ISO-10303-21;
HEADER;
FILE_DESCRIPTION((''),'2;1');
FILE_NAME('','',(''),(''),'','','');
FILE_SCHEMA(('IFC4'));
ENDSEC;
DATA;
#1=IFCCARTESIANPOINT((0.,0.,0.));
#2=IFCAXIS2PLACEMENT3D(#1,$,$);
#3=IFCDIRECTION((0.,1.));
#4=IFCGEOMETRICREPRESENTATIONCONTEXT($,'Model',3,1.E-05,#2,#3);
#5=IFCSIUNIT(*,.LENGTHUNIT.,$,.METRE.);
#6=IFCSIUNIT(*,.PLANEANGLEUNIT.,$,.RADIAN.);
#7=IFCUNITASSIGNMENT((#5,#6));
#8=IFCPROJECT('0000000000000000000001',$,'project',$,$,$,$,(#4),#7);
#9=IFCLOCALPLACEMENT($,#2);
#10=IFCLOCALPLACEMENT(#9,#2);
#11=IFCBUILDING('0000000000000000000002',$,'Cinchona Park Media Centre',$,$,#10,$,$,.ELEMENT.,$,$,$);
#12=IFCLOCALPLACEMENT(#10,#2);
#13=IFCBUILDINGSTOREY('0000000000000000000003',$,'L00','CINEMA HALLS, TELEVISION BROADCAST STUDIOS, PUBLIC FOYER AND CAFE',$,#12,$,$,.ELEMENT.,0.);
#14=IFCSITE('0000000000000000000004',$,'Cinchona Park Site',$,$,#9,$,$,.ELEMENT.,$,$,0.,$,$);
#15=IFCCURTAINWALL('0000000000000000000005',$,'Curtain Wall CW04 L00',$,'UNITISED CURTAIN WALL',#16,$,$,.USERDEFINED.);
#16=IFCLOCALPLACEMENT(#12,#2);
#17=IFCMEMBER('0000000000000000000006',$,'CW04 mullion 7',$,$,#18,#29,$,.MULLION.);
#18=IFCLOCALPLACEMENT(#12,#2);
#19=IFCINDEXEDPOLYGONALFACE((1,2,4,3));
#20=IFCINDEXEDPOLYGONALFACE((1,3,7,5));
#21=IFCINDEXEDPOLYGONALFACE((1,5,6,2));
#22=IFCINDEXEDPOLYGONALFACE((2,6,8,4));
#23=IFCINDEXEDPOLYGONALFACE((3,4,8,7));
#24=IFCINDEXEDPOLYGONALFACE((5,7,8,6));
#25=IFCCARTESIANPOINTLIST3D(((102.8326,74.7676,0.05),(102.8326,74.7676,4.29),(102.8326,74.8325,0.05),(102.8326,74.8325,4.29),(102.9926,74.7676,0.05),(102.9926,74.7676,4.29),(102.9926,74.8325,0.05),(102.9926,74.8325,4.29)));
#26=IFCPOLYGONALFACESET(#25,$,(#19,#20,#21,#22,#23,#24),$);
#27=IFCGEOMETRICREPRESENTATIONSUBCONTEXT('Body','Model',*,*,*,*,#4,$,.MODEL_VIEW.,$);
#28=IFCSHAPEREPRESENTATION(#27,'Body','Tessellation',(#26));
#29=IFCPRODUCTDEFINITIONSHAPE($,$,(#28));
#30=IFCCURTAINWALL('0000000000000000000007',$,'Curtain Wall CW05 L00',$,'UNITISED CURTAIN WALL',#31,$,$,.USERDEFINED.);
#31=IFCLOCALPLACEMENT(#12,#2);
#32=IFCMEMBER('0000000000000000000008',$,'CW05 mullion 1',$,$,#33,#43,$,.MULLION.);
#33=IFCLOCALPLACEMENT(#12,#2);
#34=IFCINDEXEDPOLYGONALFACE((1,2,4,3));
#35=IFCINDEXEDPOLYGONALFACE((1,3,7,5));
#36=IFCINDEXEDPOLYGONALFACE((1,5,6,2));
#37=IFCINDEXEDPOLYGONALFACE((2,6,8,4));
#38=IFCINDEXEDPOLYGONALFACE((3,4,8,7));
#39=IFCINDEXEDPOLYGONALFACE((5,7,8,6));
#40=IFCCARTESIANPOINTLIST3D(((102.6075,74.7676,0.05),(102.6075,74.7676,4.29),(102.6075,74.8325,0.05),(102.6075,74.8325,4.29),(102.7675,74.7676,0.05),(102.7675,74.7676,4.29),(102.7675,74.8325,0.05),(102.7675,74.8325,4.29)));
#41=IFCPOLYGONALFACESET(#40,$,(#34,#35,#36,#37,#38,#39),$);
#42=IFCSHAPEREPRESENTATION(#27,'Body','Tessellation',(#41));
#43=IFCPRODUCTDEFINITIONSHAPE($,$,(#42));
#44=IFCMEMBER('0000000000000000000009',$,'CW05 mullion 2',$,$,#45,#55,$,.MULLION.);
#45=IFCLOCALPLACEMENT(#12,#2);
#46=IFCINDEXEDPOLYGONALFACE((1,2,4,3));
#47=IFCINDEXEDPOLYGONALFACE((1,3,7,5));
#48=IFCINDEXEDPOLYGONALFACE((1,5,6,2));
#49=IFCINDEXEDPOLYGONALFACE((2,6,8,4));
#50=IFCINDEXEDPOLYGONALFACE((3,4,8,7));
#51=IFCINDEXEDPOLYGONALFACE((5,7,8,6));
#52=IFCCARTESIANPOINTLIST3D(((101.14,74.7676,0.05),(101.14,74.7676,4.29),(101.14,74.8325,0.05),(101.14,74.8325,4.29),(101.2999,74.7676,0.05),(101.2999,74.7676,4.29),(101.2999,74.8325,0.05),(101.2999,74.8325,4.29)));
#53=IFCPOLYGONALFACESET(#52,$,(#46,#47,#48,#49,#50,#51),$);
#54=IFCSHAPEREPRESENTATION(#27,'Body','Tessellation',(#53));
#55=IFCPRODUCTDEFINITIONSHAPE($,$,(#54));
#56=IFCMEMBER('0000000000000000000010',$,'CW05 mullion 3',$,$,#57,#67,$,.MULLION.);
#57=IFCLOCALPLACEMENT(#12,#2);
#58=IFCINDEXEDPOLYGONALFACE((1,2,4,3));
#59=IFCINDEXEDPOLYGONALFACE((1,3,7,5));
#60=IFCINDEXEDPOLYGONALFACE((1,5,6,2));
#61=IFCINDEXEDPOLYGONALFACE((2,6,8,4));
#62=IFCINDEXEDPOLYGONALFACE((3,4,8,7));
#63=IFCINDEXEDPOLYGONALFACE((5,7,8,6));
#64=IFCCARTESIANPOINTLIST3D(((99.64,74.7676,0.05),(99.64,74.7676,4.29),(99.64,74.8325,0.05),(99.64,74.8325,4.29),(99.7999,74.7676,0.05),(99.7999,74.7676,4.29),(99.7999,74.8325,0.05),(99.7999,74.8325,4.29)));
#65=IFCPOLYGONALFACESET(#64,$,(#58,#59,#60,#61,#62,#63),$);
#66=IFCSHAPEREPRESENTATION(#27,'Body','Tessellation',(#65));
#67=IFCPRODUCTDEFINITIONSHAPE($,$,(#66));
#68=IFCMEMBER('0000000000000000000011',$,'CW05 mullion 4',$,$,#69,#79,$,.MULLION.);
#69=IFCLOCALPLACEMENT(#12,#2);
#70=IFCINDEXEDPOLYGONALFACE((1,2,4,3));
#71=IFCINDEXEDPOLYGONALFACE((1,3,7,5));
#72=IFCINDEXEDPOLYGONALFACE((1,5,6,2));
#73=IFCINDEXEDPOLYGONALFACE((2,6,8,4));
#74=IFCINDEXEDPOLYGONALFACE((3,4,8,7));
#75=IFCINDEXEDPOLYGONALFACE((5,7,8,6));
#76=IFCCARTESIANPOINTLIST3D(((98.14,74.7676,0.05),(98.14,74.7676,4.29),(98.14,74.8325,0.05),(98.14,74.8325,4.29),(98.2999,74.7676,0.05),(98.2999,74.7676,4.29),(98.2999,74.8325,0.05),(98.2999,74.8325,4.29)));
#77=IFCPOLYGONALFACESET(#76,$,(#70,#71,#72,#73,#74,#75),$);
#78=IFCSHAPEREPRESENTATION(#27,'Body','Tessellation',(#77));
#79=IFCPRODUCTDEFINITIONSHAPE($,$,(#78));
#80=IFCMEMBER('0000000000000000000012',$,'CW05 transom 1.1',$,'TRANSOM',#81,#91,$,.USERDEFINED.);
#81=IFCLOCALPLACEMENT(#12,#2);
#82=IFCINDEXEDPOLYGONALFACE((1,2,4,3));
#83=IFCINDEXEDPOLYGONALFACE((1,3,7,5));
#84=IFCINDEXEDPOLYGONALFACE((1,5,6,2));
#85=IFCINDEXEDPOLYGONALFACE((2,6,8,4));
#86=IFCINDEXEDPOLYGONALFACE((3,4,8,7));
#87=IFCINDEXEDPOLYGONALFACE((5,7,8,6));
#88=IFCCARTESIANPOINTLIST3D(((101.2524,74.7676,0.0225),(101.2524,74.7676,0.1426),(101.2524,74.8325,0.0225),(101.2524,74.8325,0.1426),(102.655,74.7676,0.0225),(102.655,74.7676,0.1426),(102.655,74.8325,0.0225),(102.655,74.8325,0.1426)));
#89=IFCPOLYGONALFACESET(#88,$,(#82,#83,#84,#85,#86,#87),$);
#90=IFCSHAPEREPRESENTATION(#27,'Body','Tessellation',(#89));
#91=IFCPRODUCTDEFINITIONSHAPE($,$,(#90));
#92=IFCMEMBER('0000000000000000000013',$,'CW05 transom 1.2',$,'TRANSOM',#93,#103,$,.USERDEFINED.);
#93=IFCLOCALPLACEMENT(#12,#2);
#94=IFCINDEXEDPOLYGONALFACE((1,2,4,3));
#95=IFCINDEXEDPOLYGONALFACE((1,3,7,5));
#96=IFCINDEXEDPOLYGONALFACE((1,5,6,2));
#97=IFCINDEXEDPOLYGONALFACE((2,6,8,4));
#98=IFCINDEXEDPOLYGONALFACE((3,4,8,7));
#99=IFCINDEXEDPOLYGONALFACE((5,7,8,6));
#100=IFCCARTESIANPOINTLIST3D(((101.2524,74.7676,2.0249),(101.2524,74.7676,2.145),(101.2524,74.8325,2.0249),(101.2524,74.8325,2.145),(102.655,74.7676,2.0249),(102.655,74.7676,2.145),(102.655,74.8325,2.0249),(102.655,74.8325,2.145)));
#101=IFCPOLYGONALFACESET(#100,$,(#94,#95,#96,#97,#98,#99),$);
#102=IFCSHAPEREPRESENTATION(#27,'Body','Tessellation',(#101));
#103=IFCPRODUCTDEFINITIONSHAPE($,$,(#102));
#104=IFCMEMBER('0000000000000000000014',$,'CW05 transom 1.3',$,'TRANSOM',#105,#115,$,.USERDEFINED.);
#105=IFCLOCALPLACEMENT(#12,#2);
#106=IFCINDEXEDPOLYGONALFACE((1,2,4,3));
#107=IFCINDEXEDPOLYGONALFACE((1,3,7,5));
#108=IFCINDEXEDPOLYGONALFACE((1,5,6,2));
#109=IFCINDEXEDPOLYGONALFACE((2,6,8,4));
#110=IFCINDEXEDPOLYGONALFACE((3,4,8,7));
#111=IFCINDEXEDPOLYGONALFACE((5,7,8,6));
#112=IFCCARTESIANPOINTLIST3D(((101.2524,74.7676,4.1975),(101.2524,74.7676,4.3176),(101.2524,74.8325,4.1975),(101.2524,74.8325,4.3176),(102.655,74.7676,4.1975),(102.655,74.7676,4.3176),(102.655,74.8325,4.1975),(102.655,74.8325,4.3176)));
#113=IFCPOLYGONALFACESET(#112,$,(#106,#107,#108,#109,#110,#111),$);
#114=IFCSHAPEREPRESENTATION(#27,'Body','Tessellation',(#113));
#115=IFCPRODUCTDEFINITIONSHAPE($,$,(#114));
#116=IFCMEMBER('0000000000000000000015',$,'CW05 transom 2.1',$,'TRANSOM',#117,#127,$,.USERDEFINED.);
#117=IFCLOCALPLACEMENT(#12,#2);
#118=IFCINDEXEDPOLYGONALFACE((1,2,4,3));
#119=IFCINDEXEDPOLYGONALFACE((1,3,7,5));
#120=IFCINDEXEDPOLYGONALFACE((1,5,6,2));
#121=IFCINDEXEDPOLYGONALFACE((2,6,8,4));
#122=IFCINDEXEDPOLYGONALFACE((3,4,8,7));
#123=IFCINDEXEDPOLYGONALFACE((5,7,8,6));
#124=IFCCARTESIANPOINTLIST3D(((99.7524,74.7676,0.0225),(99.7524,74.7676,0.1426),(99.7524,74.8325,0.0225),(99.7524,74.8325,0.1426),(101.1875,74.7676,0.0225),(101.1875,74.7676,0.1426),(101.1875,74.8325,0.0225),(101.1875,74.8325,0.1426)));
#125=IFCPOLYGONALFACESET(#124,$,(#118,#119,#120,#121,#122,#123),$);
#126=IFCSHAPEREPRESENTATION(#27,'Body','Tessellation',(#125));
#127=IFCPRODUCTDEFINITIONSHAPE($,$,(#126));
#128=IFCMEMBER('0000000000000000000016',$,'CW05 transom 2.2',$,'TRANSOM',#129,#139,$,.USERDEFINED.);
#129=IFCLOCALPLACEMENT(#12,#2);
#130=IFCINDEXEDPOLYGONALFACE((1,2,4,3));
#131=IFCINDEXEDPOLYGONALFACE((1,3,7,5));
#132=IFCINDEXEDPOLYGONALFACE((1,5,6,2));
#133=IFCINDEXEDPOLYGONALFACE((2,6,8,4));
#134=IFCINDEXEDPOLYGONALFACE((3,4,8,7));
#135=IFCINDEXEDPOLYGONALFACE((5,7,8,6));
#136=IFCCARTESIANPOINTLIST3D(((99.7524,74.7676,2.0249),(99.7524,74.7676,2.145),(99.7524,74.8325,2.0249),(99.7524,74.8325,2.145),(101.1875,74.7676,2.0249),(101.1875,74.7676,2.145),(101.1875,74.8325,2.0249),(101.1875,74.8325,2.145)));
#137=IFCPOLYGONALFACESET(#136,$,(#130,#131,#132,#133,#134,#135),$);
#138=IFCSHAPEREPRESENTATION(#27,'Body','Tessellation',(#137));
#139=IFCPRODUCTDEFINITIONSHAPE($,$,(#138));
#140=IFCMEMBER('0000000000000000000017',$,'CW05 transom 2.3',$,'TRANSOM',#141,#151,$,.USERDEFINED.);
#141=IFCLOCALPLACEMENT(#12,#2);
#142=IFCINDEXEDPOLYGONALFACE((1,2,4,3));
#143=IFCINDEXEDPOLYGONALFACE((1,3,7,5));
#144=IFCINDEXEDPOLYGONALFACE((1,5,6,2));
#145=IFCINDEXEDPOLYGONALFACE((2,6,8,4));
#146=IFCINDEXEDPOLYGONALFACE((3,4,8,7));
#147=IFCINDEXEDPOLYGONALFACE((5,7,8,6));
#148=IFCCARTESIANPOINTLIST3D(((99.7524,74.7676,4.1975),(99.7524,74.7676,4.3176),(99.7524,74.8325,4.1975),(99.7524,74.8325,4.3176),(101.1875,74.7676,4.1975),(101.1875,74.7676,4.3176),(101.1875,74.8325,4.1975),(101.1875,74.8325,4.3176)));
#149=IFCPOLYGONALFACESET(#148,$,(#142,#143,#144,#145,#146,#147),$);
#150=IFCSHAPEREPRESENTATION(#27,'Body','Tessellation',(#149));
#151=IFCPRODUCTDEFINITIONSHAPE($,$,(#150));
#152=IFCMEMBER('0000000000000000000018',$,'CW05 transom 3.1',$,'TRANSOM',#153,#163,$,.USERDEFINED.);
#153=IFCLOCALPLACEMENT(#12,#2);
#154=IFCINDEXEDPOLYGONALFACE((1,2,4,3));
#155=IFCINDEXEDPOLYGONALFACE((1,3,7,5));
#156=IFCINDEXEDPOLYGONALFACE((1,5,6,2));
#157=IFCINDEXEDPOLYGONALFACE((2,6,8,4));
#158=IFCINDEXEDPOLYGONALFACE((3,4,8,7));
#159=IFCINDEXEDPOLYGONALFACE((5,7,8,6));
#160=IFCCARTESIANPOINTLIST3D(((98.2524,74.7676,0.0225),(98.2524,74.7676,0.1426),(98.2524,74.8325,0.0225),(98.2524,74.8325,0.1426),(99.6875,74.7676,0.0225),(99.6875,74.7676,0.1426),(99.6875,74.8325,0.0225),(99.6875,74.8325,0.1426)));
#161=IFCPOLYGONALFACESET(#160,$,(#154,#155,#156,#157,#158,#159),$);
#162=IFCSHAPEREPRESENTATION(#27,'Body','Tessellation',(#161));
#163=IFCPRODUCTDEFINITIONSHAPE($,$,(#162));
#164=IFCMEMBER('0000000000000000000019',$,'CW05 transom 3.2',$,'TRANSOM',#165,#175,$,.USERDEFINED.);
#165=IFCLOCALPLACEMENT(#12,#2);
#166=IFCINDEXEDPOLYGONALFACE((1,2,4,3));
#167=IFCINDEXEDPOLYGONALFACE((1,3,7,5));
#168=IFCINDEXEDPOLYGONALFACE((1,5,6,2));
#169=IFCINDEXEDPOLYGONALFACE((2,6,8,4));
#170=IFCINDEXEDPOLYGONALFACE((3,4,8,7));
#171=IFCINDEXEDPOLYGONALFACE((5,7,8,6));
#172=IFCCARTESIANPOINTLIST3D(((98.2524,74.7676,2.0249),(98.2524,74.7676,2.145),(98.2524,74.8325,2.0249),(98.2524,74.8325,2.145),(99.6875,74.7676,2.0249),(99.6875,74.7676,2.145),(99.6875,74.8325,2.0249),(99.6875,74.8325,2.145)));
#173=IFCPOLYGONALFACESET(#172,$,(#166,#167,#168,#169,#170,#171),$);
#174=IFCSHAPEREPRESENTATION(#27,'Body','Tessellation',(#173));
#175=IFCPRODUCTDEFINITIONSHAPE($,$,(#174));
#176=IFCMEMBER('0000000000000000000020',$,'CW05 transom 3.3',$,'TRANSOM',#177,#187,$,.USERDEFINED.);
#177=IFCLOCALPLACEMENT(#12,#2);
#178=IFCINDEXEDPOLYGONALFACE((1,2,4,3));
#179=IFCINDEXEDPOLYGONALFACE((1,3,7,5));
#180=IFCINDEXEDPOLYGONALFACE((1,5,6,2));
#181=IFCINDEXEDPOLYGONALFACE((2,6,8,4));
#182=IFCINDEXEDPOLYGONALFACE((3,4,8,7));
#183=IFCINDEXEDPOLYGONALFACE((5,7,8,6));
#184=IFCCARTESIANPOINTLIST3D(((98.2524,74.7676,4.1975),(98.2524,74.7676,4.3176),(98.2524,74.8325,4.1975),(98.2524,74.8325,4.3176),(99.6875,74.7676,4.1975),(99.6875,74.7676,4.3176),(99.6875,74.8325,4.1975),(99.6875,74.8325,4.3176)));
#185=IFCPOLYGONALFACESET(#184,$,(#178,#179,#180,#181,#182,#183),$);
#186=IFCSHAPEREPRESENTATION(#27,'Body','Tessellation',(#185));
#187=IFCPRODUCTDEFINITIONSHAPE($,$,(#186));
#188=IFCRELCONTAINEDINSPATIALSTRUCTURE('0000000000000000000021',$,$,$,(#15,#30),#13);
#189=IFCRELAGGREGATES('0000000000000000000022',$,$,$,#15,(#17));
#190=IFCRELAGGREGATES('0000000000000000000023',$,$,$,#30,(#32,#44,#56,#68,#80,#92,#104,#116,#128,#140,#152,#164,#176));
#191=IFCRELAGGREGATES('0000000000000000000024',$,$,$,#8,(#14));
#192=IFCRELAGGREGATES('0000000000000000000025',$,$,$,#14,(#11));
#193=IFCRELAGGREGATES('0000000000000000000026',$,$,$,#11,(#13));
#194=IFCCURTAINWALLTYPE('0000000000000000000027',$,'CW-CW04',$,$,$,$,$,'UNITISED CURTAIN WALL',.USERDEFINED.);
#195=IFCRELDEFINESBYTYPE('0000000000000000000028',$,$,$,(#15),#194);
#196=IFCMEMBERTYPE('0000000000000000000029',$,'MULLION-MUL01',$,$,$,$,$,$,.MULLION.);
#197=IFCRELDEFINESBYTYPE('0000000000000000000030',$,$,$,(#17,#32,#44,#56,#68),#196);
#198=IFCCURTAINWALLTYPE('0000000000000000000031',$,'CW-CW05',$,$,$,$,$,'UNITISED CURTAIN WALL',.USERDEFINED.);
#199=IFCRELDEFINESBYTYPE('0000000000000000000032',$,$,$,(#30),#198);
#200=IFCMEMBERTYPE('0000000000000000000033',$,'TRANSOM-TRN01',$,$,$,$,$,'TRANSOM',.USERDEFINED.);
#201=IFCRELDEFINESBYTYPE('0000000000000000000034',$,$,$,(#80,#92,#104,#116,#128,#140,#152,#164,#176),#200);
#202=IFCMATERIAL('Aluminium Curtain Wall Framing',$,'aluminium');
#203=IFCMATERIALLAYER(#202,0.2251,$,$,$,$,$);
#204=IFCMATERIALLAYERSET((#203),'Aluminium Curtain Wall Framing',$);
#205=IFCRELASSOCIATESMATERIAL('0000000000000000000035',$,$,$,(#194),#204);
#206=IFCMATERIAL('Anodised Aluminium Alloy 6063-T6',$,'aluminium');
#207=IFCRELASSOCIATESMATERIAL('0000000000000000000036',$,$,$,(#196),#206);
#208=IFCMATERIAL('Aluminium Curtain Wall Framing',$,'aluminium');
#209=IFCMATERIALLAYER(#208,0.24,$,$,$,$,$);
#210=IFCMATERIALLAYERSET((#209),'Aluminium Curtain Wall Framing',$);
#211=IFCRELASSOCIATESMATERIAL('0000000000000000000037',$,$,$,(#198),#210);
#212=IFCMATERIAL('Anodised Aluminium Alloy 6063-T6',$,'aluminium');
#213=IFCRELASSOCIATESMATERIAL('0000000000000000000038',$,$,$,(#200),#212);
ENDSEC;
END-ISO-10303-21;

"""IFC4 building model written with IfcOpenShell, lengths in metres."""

from ifc_helpers import new_model, si_unit, direction, frame, origin, origin_2d, place, context, subcontext, project, spatial, rectangle, extrude, material, layer, layer_set, material_profile, profile_set, type_object, element, aggregate, save


model = new_model("IFC4")

# Units and contexts
model_context = context("Model", 3, precision=1e-05, world=origin(), true_north=direction((0.0, 1.0)))
body_context = subcontext(model_context, "Body", "Model", "MODEL_VIEW")
ifc_project = project(units=[si_unit("LENGTHUNIT", "METRE"), si_unit("PLANEANGLEUNIT", "RADIAN")], contexts=[model_context])

# Site, building, storey
site_placement = place(None, origin())
site = spatial("IfcSite", under=ifc_project, at=site_placement, Name="Cinchona Park Site", CompositionType="ELEMENT", RefElevation=0.0)
building_placement = place(site_placement, origin())
building = spatial("IfcBuilding", under=site, at=building_placement, Name="Cinchona Park Media Centre", CompositionType="ELEMENT")
storey_placement = place(building_placement, origin())
storey = spatial("IfcBuildingStorey", under=building, at=storey_placement, Name="L00", Description="CINEMA HALLS, TELEVISION BROADCAST STUDIOS, PUBLIC FOYER AND CAFE", CompositionType="ELEMENT", Elevation=0.0)

# Curtain wall, member
ifc_material_1 = material(Name="Aluminium Curtain Wall Framing", Category="aluminium")
ifc_layer_1 = layer(ifc_material_1, 0.2251)
ifc_layer_set_1 = layer_set([ifc_layer_1], Name="Aluminium Curtain Wall Framing")
curtain_wall_type_1 = type_object("IfcCurtainWallType", Name="CW-CW04", ElementType="UNITISED CURTAIN WALL", PredefinedType="USERDEFINED", material=ifc_layer_set_1)
curtain_wall_1_placement = place(storey_placement, origin())
curtain_wall_1 = element("IfcCurtainWall", 1, at=curtain_wall_1_placement, inside=storey, type_object=curtain_wall_type_1, Name="Curtain Wall CW04 L00", ObjectType="UNITISED CURTAIN WALL", PredefinedType="USERDEFINED")
ifc_material_2 = material(Name="Anodised Aluminium Alloy 6063-T6", Category="aluminium")
ifc_material_profile_1 = material_profile(ifc_material_2, rectangle(XDim=0.0649, YDim=0.1599, at=origin_2d()), Name="MUL-65X160")
ifc_profile_set_1 = profile_set([ifc_material_profile_1], Name="Anodised Aluminium Alloy 6063-T6")
member_type_1 = type_object("IfcMemberType", Name="MULLION-MUL01", PredefinedType="MULLION", material=ifc_profile_set_1)
member_1_placement = place(storey_placement, frame((102.9126, 74.8, 0.05), z_axis=(0.0, 0.0, 1.0), x_axis=(0.0, -1.0, 0.0)))
member_1 = element("IfcMember", 2, at=member_1_placement, type_object=member_type_1, Name="CW04 mullion 7", PredefinedType="MULLION", context=body_context, shape_type="SweptSolid", body=[
    extrude(rectangle(XDim=0.0649, YDim=0.1599, at=origin_2d()), origin(), (0.0, 0.0, 1.0), 4.24),
])

# Curtain wall, members
ifc_material_3 = material(Name="Aluminium Curtain Wall Framing", Category="aluminium")
ifc_layer_2 = layer(ifc_material_3, 0.24)
ifc_layer_set_2 = layer_set([ifc_layer_2], Name="Aluminium Curtain Wall Framing")
curtain_wall_type_2 = type_object("IfcCurtainWallType", Name="CW-CW05", ElementType="UNITISED CURTAIN WALL", PredefinedType="USERDEFINED", material=ifc_layer_set_2)
curtain_wall_2_placement = place(storey_placement, origin())
curtain_wall_2 = element("IfcCurtainWall", 3, at=curtain_wall_2_placement, inside=storey, type_object=curtain_wall_type_2, Name="Curtain Wall CW05 L00", ObjectType="UNITISED CURTAIN WALL", PredefinedType="USERDEFINED")
member_2_placement = place(storey_placement, frame((102.6875, 74.8, 0.05), z_axis=(0.0, 0.0, 1.0), x_axis=(0.0, -1.0, 0.0)))
member_2 = element("IfcMember", 4, at=member_2_placement, type_object=member_type_1, Name="CW05 mullion 1", PredefinedType="MULLION", context=body_context, shape_type="SweptSolid", body=[
    extrude(rectangle(XDim=0.0649, YDim=0.1599, at=origin_2d()), origin(), (0.0, 0.0, 1.0), 4.24),
])
member_3_placement = place(storey_placement, frame((101.22, 74.8, 0.05), z_axis=(0.0, 0.0, 1.0), x_axis=(0.0, -1.0, 0.0)))
member_3 = element("IfcMember", 5, at=member_3_placement, type_object=member_type_1, Name="CW05 mullion 2", PredefinedType="MULLION", context=body_context, shape_type="SweptSolid", body=[
    extrude(rectangle(XDim=0.0649, YDim=0.1599, at=origin_2d()), origin(), (0.0, 0.0, 1.0), 4.24),
])
member_4_placement = place(storey_placement, frame((99.72, 74.8, 0.05), z_axis=(0.0, 0.0, 1.0), x_axis=(0.0, -1.0, 0.0)))
member_4 = element("IfcMember", 6, at=member_4_placement, type_object=member_type_1, Name="CW05 mullion 3", PredefinedType="MULLION", context=body_context, shape_type="SweptSolid", body=[
    extrude(rectangle(XDim=0.0649, YDim=0.1599, at=origin_2d()), origin(), (0.0, 0.0, 1.0), 4.24),
])
member_5_placement = place(storey_placement, frame((98.22, 74.8, 0.05), z_axis=(0.0, 0.0, 1.0), x_axis=(0.0, -1.0, 0.0)))
member_5 = element("IfcMember", 7, at=member_5_placement, type_object=member_type_1, Name="CW05 mullion 4", PredefinedType="MULLION", context=body_context, shape_type="SweptSolid", body=[
    extrude(rectangle(XDim=0.0649, YDim=0.1599, at=origin_2d()), origin(), (0.0, 0.0, 1.0), 4.24),
])
ifc_material_4 = material(Name="Anodised Aluminium Alloy 6063-T6", Category="aluminium")
ifc_material_profile_2 = material_profile(ifc_material_4, rectangle(XDim=0.0649, YDim=0.1201, at=origin_2d()), Name="TRN-65X120")
ifc_profile_set_2 = profile_set([ifc_material_profile_2], Name="Anodised Aluminium Alloy 6063-T6")
member_type_2 = type_object("IfcMemberType", Name="TRANSOM-TRN01", ElementType="TRANSOM", PredefinedType="USERDEFINED", material=ifc_profile_set_2)
member_6_placement = place(storey_placement, frame((102.655, 74.8, 0.0825), z_axis=(-1.0, 0.0, 0.0), x_axis=(0.0, -1.0, 0.0)))
member_6 = element("IfcMember", 8, at=member_6_placement, type_object=member_type_2, Name="CW05 transom 1.1", ObjectType="TRANSOM", PredefinedType="USERDEFINED", context=body_context, shape_type="SweptSolid", body=[
    extrude(rectangle(XDim=0.0649, YDim=0.1201, at=origin_2d()), origin(), (0.0, 0.0, 1.0), 1.4026),
])
member_7_placement = place(storey_placement, frame((102.655, 74.8, 2.085), z_axis=(-1.0, 0.0, 0.0), x_axis=(0.0, -1.0, 0.0)))
member_7 = element("IfcMember", 9, at=member_7_placement, type_object=member_type_2, Name="CW05 transom 1.2", ObjectType="TRANSOM", PredefinedType="USERDEFINED", context=body_context, shape_type="SweptSolid", body=[
    extrude(rectangle(XDim=0.0649, YDim=0.1201, at=origin_2d()), origin(), (0.0, 0.0, 1.0), 1.4026),
])
member_8_placement = place(storey_placement, frame((102.655, 74.8, 4.2576), z_axis=(-1.0, 0.0, 0.0), x_axis=(0.0, -1.0, 0.0)))
member_8 = element("IfcMember", 10, at=member_8_placement, type_object=member_type_2, Name="CW05 transom 1.3", ObjectType="TRANSOM", PredefinedType="USERDEFINED", context=body_context, shape_type="SweptSolid", body=[
    extrude(rectangle(XDim=0.0649, YDim=0.1201, at=origin_2d()), origin(), (0.0, 0.0, 1.0), 1.4026),
])
member_9_placement = place(storey_placement, frame((101.1875, 74.8, 0.0825), z_axis=(-1.0, 0.0, 0.0), x_axis=(0.0, -1.0, 0.0)))
member_9 = element("IfcMember", 11, at=member_9_placement, type_object=member_type_2, Name="CW05 transom 2.1", ObjectType="TRANSOM", PredefinedType="USERDEFINED", context=body_context, shape_type="SweptSolid", body=[
    extrude(rectangle(XDim=0.0649, YDim=0.1201, at=origin_2d()), origin(), (0.0, 0.0, 1.0), 1.4351),
])
member_10_placement = place(storey_placement, frame((101.1875, 74.8, 2.085), z_axis=(-1.0, 0.0, 0.0), x_axis=(0.0, -1.0, 0.0)))
member_10 = element("IfcMember", 12, at=member_10_placement, type_object=member_type_2, Name="CW05 transom 2.2", ObjectType="TRANSOM", PredefinedType="USERDEFINED", context=body_context, shape_type="SweptSolid", body=[
    extrude(rectangle(XDim=0.0649, YDim=0.1201, at=origin_2d()), origin(), (0.0, 0.0, 1.0), 1.4351),
])
member_11_placement = place(storey_placement, frame((101.1875, 74.8, 4.2576), z_axis=(-1.0, 0.0, 0.0), x_axis=(0.0, -1.0, 0.0)))
member_11 = element("IfcMember", 13, at=member_11_placement, type_object=member_type_2, Name="CW05 transom 2.3", ObjectType="TRANSOM", PredefinedType="USERDEFINED", context=body_context, shape_type="SweptSolid", body=[
    extrude(rectangle(XDim=0.0649, YDim=0.1201, at=origin_2d()), origin(), (0.0, 0.0, 1.0), 1.4351),
])
member_12_placement = place(storey_placement, frame((99.6875, 74.8, 0.0825), z_axis=(-1.0, 0.0, 0.0), x_axis=(0.0, -1.0, 0.0)))
member_12 = element("IfcMember", 14, at=member_12_placement, type_object=member_type_2, Name="CW05 transom 3.1", ObjectType="TRANSOM", PredefinedType="USERDEFINED", context=body_context, shape_type="SweptSolid", body=[
    extrude(rectangle(XDim=0.0649, YDim=0.1201, at=origin_2d()), origin(), (0.0, 0.0, 1.0), 1.4351),
])
member_13_placement = place(storey_placement, frame((99.6875, 74.8, 2.085), z_axis=(-1.0, 0.0, 0.0), x_axis=(0.0, -1.0, 0.0)))
member_13 = element("IfcMember", 15, at=member_13_placement, type_object=member_type_2, Name="CW05 transom 3.2", ObjectType="TRANSOM", PredefinedType="USERDEFINED", context=body_context, shape_type="SweptSolid", body=[
    extrude(rectangle(XDim=0.0649, YDim=0.1201, at=origin_2d()), origin(), (0.0, 0.0, 1.0), 1.4351),
])
member_14_placement = place(storey_placement, frame((99.6875, 74.8, 4.2576), z_axis=(-1.0, 0.0, 0.0), x_axis=(0.0, -1.0, 0.0)))
member_14 = element("IfcMember", 16, at=member_14_placement, type_object=member_type_2, Name="CW05 transom 3.3", ObjectType="TRANSOM", PredefinedType="USERDEFINED", context=body_context, shape_type="SweptSolid", body=[
    extrude(rectangle(XDim=0.0649, YDim=0.1201, at=origin_2d()), origin(), (0.0, 0.0, 1.0), 1.4351),
])

aggregate(curtain_wall_1, [member_1])
aggregate(curtain_wall_2, [member_2, member_3, member_4, member_5, member_6, member_7, member_8, member_9, member_10, member_11, member_12, member_13, member_14])

save(model, "model.ifc")
